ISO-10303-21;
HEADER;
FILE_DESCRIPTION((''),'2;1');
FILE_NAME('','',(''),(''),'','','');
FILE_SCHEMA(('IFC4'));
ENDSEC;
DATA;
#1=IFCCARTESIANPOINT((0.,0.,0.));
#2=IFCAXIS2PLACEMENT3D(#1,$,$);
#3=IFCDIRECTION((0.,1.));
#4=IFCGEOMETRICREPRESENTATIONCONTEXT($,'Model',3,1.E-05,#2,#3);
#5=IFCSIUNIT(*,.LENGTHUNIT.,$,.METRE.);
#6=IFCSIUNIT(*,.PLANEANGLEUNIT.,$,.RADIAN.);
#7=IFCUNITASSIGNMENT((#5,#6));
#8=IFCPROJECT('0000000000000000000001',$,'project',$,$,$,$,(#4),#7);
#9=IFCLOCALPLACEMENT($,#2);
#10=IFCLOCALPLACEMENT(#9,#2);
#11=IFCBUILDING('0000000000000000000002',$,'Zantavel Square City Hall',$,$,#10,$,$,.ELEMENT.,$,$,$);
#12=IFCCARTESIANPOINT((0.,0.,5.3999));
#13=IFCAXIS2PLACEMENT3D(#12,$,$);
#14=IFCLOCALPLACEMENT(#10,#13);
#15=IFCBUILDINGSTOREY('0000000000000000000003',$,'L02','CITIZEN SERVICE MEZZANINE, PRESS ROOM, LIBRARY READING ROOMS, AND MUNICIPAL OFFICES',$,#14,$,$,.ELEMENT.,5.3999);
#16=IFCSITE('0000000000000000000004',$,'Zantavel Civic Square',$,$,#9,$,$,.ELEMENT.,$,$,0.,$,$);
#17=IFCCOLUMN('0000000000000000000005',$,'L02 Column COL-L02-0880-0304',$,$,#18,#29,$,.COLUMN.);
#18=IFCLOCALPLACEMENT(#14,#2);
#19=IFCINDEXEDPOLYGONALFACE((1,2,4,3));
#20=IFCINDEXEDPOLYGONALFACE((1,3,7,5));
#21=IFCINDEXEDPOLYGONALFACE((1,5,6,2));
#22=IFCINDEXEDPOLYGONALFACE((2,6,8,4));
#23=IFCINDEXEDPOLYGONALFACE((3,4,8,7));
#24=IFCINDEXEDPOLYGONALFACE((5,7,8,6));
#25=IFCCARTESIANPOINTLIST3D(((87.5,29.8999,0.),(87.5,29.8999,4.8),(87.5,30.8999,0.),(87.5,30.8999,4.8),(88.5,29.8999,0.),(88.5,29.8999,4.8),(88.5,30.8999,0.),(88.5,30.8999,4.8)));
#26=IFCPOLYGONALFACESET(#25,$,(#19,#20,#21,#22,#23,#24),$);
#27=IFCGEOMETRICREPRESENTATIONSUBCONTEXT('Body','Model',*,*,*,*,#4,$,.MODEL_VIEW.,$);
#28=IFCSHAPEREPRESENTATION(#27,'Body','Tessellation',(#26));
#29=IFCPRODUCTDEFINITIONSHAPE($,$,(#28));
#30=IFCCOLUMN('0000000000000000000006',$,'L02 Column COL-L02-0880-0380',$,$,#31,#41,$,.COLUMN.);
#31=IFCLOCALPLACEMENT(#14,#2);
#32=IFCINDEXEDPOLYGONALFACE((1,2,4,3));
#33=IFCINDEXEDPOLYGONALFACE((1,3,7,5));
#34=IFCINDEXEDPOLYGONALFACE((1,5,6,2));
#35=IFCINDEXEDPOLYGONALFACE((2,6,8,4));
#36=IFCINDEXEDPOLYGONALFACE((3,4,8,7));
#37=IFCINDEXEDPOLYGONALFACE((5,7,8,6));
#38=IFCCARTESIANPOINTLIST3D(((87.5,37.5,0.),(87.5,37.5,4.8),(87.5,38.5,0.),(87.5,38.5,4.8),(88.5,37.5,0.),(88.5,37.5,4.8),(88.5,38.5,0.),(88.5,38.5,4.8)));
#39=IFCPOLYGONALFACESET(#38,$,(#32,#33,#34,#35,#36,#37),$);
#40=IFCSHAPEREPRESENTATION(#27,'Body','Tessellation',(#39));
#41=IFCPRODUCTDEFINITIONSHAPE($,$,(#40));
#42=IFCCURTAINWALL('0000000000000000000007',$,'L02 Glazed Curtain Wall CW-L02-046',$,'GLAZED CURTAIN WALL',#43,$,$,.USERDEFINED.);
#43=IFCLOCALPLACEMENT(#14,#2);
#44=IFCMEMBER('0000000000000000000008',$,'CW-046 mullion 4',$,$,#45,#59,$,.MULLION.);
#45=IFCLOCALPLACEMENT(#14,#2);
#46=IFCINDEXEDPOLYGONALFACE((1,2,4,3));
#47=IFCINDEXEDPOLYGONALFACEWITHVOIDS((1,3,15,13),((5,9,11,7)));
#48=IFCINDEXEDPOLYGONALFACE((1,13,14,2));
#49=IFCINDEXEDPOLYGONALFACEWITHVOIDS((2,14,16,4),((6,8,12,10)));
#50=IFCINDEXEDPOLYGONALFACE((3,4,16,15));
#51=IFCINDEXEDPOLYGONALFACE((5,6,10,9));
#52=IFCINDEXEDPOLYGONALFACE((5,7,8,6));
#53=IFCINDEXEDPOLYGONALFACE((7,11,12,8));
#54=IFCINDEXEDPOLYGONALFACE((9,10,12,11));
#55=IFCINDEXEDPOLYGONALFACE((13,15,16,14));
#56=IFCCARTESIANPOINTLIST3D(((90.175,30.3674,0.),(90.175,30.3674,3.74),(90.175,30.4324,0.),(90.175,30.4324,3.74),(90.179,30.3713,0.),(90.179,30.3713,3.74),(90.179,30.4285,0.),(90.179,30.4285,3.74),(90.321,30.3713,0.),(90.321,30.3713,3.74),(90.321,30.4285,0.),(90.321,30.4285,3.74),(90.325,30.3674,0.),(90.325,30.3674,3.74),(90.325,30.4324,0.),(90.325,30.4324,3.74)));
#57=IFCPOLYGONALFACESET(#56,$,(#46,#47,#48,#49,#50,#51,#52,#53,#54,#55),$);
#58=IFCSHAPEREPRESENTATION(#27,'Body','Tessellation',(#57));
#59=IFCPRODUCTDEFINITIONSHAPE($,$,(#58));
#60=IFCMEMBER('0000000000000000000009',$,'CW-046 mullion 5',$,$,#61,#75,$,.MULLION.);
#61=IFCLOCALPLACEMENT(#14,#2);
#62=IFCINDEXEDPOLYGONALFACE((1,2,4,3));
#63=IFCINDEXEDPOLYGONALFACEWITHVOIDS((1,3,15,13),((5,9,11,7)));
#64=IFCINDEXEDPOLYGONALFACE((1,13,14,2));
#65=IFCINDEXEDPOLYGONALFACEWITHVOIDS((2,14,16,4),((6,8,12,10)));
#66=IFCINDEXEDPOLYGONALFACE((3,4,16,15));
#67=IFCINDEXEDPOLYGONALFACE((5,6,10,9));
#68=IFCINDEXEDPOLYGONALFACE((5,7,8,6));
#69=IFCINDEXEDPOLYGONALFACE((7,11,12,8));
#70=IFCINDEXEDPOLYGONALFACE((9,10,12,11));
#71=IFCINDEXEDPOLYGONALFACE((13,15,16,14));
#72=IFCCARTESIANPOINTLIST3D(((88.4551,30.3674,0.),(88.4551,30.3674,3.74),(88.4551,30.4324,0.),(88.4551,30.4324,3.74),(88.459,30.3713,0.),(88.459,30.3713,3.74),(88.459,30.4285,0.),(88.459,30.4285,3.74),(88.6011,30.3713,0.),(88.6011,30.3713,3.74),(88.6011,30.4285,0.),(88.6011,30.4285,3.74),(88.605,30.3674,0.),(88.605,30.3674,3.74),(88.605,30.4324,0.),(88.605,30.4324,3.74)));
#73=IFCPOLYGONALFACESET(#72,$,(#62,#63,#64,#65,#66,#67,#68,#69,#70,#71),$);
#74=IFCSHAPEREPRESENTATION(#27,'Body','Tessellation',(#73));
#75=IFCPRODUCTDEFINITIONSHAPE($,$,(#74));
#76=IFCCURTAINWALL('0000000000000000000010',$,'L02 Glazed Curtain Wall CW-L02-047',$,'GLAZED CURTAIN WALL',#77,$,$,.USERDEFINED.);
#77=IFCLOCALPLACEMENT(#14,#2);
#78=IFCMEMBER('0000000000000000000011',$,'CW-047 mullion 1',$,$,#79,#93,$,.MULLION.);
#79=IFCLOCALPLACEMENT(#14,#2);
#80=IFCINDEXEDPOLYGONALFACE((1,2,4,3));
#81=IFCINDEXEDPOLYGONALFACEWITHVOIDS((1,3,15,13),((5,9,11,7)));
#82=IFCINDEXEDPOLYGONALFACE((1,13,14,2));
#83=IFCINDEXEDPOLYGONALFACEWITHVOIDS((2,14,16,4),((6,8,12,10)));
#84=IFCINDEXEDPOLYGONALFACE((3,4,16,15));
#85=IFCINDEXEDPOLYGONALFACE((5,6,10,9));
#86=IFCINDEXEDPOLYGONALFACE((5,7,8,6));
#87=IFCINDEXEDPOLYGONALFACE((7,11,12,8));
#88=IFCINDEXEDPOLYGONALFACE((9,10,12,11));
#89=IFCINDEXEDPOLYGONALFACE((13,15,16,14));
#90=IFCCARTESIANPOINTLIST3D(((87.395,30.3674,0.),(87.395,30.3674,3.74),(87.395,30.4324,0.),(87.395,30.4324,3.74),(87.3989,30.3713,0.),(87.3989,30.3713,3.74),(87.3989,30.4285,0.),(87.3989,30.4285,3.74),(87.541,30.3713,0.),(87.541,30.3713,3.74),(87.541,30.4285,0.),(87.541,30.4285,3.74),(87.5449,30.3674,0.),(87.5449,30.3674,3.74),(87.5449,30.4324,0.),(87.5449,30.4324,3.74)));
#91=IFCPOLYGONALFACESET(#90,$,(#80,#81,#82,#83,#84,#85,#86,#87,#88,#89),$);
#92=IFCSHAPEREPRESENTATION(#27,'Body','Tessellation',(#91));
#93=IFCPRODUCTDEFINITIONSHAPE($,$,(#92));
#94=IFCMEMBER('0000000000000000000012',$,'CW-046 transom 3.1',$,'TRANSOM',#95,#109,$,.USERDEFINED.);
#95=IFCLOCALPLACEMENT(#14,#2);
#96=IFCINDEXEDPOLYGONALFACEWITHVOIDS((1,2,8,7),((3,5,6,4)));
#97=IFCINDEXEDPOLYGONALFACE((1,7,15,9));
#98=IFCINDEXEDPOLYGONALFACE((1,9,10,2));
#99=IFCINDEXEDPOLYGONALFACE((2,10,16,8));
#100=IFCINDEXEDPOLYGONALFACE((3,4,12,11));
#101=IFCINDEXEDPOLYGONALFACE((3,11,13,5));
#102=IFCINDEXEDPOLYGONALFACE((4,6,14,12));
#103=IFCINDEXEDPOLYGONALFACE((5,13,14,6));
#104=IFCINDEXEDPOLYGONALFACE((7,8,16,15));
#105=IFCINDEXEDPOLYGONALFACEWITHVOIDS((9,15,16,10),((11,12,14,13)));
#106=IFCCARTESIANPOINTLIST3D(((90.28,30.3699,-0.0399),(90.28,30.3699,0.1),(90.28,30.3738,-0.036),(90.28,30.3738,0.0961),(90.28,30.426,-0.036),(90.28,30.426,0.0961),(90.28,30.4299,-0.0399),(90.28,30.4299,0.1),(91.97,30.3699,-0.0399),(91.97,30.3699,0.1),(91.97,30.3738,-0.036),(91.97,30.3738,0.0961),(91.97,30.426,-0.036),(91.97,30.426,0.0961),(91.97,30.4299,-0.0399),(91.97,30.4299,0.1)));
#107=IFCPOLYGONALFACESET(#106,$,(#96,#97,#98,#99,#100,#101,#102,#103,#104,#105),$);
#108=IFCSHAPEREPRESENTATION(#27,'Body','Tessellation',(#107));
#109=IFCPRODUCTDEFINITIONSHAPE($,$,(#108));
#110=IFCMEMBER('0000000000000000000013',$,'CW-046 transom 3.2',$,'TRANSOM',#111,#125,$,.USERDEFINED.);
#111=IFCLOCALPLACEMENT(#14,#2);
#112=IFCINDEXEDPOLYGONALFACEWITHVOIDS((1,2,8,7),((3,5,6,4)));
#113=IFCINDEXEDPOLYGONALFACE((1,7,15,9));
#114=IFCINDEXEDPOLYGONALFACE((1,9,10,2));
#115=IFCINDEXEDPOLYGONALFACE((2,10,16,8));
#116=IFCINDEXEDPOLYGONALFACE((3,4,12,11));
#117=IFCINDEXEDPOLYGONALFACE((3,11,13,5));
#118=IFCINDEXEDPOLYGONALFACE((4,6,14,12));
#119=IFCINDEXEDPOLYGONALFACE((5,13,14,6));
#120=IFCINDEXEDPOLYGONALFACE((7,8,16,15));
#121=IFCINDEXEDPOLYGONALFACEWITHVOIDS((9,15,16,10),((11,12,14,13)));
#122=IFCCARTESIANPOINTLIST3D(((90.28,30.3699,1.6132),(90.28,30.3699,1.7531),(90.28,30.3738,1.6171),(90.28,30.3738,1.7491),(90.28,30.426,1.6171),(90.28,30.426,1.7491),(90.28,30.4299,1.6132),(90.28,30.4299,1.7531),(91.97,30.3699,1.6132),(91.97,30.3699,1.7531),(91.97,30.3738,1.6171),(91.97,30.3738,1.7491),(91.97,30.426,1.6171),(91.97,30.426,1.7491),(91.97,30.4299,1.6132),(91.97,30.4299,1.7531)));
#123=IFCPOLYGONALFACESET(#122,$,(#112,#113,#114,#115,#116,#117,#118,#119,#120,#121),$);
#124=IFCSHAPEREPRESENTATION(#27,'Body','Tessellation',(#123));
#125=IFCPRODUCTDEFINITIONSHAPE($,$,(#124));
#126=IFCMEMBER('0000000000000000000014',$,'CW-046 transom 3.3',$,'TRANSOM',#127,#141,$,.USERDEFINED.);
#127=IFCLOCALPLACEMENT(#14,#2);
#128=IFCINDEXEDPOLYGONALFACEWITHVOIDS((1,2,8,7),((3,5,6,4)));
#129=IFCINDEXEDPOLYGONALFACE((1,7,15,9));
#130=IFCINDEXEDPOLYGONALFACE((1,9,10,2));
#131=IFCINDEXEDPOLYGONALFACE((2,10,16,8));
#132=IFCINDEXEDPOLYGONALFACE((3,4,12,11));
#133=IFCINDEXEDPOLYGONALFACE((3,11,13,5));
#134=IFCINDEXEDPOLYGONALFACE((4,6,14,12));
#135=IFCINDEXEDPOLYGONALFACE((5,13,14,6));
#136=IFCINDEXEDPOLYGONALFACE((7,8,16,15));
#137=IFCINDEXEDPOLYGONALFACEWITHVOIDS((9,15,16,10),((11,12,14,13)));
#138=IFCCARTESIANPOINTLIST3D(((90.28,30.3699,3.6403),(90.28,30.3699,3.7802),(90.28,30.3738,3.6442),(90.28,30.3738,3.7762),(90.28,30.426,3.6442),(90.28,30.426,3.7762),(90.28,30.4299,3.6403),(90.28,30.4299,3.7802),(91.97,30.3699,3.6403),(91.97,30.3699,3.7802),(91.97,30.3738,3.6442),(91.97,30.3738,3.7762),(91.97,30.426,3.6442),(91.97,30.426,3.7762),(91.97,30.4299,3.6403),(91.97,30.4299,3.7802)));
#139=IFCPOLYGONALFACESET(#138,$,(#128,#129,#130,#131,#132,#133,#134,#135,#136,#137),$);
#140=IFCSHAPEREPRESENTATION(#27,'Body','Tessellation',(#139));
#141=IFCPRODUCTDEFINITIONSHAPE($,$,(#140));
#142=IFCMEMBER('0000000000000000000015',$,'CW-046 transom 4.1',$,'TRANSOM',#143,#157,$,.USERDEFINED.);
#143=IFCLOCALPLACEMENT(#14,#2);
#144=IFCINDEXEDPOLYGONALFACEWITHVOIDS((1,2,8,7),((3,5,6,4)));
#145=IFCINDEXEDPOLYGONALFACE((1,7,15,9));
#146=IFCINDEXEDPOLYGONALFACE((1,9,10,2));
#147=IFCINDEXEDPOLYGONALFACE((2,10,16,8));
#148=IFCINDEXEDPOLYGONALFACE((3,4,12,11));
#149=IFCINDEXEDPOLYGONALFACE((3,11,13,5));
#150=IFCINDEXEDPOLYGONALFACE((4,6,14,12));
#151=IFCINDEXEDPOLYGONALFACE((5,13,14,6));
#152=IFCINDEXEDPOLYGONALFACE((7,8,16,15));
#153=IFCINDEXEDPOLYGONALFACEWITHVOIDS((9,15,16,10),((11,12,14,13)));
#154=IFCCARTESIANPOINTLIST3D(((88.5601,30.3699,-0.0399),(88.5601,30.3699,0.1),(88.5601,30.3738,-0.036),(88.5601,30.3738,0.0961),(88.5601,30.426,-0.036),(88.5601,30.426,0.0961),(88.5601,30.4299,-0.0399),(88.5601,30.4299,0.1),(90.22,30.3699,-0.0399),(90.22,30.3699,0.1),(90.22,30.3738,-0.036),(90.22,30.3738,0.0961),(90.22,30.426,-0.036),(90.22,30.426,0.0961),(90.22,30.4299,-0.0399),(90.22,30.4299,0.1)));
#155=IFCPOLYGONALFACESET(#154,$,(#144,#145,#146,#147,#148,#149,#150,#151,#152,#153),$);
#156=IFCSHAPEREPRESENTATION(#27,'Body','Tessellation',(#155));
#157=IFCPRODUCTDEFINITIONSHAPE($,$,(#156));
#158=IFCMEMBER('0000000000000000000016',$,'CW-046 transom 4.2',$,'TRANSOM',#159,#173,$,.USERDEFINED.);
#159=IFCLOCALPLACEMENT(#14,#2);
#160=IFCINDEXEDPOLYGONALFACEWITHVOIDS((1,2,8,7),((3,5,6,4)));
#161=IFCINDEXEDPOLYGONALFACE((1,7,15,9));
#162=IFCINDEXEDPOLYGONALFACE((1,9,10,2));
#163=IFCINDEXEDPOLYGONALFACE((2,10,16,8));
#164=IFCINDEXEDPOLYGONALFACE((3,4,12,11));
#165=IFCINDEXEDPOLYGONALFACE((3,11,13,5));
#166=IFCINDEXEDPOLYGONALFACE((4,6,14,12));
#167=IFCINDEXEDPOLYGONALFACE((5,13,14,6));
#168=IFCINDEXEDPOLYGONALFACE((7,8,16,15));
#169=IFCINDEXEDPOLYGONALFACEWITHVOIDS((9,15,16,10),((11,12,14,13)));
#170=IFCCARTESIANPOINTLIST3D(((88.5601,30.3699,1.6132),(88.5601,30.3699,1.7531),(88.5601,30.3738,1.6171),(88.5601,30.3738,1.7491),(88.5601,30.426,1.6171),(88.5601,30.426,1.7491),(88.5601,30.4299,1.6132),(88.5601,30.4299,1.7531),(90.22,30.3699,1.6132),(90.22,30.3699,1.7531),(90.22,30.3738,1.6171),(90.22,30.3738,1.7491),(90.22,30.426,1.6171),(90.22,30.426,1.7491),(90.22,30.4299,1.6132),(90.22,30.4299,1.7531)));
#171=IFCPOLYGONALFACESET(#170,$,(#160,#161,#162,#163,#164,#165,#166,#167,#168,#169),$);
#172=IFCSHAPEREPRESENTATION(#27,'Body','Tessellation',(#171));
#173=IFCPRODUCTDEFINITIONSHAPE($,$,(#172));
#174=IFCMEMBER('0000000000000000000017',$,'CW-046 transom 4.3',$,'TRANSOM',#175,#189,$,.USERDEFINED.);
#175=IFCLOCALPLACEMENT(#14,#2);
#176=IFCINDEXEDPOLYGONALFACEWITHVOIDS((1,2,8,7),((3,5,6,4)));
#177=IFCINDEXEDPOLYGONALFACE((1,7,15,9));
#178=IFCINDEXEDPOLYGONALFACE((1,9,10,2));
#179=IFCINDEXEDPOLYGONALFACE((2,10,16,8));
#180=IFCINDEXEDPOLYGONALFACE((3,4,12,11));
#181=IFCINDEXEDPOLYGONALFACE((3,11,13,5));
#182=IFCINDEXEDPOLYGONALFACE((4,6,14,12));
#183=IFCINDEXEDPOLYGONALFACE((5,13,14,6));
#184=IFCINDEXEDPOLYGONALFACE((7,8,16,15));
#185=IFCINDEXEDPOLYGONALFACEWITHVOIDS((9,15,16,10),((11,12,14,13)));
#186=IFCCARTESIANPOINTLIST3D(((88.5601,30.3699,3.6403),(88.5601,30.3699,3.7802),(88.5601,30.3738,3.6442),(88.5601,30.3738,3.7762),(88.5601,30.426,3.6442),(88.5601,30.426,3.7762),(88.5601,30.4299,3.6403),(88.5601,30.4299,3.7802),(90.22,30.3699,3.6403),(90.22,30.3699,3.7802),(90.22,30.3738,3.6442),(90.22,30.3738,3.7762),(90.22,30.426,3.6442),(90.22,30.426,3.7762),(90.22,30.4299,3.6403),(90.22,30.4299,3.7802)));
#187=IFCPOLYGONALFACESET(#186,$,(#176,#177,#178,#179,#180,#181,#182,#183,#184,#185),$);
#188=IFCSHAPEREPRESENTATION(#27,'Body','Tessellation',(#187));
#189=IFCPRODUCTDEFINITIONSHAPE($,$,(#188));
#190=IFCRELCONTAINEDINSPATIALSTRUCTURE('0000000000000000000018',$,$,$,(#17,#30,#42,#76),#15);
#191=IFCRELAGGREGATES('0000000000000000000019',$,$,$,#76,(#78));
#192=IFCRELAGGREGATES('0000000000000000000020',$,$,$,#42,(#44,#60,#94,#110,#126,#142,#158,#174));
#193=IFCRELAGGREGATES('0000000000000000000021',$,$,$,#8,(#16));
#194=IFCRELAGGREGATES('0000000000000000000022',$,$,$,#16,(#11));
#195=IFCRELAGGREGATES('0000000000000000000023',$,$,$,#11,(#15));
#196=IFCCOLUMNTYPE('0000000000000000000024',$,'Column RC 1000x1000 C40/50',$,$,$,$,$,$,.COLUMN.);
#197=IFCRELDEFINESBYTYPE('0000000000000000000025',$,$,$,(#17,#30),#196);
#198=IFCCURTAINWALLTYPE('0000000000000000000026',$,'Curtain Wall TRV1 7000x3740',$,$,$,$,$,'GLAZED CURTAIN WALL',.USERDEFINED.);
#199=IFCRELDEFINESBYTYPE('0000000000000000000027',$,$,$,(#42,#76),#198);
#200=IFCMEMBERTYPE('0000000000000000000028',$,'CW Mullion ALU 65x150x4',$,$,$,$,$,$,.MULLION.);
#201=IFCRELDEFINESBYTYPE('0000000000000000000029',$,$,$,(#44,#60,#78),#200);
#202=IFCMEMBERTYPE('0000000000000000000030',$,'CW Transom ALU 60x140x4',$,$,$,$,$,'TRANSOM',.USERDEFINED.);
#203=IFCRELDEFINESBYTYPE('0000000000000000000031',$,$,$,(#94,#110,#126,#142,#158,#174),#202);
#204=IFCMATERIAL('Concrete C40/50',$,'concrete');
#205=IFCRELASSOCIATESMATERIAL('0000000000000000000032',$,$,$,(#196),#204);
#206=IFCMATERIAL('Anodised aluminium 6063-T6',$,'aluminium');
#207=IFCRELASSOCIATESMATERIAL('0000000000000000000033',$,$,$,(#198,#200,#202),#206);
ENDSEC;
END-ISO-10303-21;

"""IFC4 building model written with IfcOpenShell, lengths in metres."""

from ifc_helpers import new_model, si_unit, direction, frame, origin, origin_2d, place, context, subcontext, project, spatial, rectangle, hollow_rectangle, extrude, material, material_profile, profile_set, type_object, element, aggregate, save


model = new_model("IFC4")

# Units and contexts
model_context = context("Model", 3, precision=1e-05, world=origin(), true_north=direction((0.0, 1.0)))
body_context = subcontext(model_context, "Body", "Model", "MODEL_VIEW")
ifc_project = project(units=[si_unit("LENGTHUNIT", "METRE"), si_unit("PLANEANGLEUNIT", "RADIAN")], contexts=[model_context])

# Site, building, storey
site_placement = place(None, origin())
site = spatial("IfcSite", under=ifc_project, at=site_placement, Name="Zantavel Civic Square", CompositionType="ELEMENT", RefElevation=0.0)
building_placement = place(site_placement, origin())
building = spatial("IfcBuilding", under=site, at=building_placement, Name="Zantavel Square City Hall", CompositionType="ELEMENT")
storey_placement = place(building_placement, frame((0.0, 0.0, 5.3999)))
storey = spatial("IfcBuildingStorey", under=building, at=storey_placement, Name="L02", Description="CITIZEN SERVICE MEZZANINE, PRESS ROOM, LIBRARY READING ROOMS, AND MUNICIPAL OFFICES", CompositionType="ELEMENT", Elevation=5.3999)

# Columns
ifc_material_1 = material(Name="Concrete C40/50", Category="concrete")
ifc_material_profile_1 = material_profile(ifc_material_1, rectangle(XDim=1.0, YDim=1.0, at=origin_2d()), Name="RC 1000x1000")
ifc_profile_set_1 = profile_set([ifc_material_profile_1], Name="Concrete C40/50")
column_type = type_object("IfcColumnType", Name="Column RC 1000x1000 C40/50", PredefinedType="COLUMN", material=ifc_profile_set_1)
for number, where, z_axis, x_axis, name in (
    (1, (88.0, 30.3999, 0.0), (0.0, 0.0, 1.0), (1.0, 0.0, 0.0), "L02 Column COL-L02-0880-0304"),
    (2, (88.0, 38.0, 0.0), (0.0, 0.0, 1.0), (1.0, 0.0, 0.0), "L02 Column COL-L02-0880-0380"),
):
    element("IfcColumn", number, at=place(storey_placement, frame(where, z_axis=z_axis, x_axis=x_axis)), inside=storey, type_object=column_type, Name=name, PredefinedType="COLUMN", context=body_context, shape_type="SweptSolid", body=[
        extrude(rectangle(XDim=1.0, YDim=1.0, at=origin_2d()), origin(), (0.0, 0.0, 1.0), 4.8),
    ])

# Curtain wall, members
ifc_material_2 = material(Name="Anodised aluminium 6063-T6", Category="aluminium")
curtain_wall_type = type_object("IfcCurtainWallType", Name="Curtain Wall TRV1 7000x3740", ElementType="GLAZED CURTAIN WALL", PredefinedType="USERDEFINED", material=ifc_material_2)
curtain_wall_1_placement = place(storey_placement, origin())
curtain_wall_1 = element("IfcCurtainWall", 3, at=curtain_wall_1_placement, inside=storey, type_object=curtain_wall_type, Name="L02 Glazed Curtain Wall CW-L02-046", ObjectType="GLAZED CURTAIN WALL", PredefinedType="USERDEFINED")
ifc_material_profile_2 = material_profile(ifc_material_2, hollow_rectangle(XDim=0.0649, YDim=0.1499, WallThickness=0.0039, at=origin_2d()), Name="ALU 65x150x4")
ifc_profile_set_2 = profile_set([ifc_material_profile_2], Name="Anodised aluminium 6063-T6")
member_type_1 = type_object("IfcMemberType", Name="CW Mullion ALU 65x150x4", PredefinedType="MULLION", material=ifc_profile_set_2)
member_1_placement = place(storey_placement, frame((90.25, 30.3999, 0.0), z_axis=(0.0, 0.0, 1.0), x_axis=(0.0, -1.0, 0.0)))
member_1 = element("IfcMember", 4, at=member_1_placement, type_object=member_type_1, Name="CW-046 mullion 4", PredefinedType="MULLION", context=body_context, shape_type="SweptSolid", body=[
    extrude(hollow_rectangle(XDim=0.0649, YDim=0.1499, WallThickness=0.0039, at=origin_2d()), origin(), (0.0, 0.0, 1.0), 3.74),
])
member_2_placement = place(storey_placement, frame((88.53, 30.3999, 0.0), z_axis=(0.0, 0.0, 1.0), x_axis=(0.0, -1.0, 0.0)))
member_2 = element("IfcMember", 5, at=member_2_placement, type_object=member_type_1, Name="CW-046 mullion 5", PredefinedType="MULLION", context=body_context, shape_type="SweptSolid", body=[
    extrude(hollow_rectangle(XDim=0.0649, YDim=0.1499, WallThickness=0.0039, at=origin_2d()), origin(), (0.0, 0.0, 1.0), 3.74),
])

# Curtain wall, member
curtain_wall_2_placement = place(storey_placement, origin())
curtain_wall_2 = element("IfcCurtainWall", 6, at=curtain_wall_2_placement, inside=storey, type_object=curtain_wall_type, Name="L02 Glazed Curtain Wall CW-L02-047", ObjectType="GLAZED CURTAIN WALL", PredefinedType="USERDEFINED")
member_3_placement = place(storey_placement, frame((87.47, 30.3999, 0.0), z_axis=(0.0, 0.0, 1.0), x_axis=(0.0, -1.0, 0.0)))
member_3 = element("IfcMember", 7, at=member_3_placement, type_object=member_type_1, Name="CW-047 mullion 1", PredefinedType="MULLION", context=body_context, shape_type="SweptSolid", body=[
    extrude(hollow_rectangle(XDim=0.0649, YDim=0.1499, WallThickness=0.0039, at=origin_2d()), origin(), (0.0, 0.0, 1.0), 3.74),
])

# Members
ifc_material_profile_3 = material_profile(ifc_material_2, hollow_rectangle(XDim=0.0601, YDim=0.1399, WallThickness=0.0039, at=origin_2d()), Name="ALU 60x140x4")
ifc_profile_set_3 = profile_set([ifc_material_profile_3], Name="Anodised aluminium 6063-T6")
member_type_2 = type_object("IfcMemberType", Name="CW Transom ALU 60x140x4", ElementType="TRANSOM", PredefinedType="USERDEFINED", material=ifc_profile_set_3)
member_4_placement = place(storey_placement, frame((91.97, 30.3999, 0.03), z_axis=(-1.0, 0.0, 0.0), x_axis=(0.0, -1.0, 0.0)))
member_4 = element("IfcMember", 8, at=member_4_placement, type_object=member_type_2, Name="CW-046 transom 3.1", ObjectType="TRANSOM", PredefinedType="USERDEFINED", context=body_context, shape_type="SweptSolid", body=[
    extrude(hollow_rectangle(XDim=0.0601, YDim=0.1399, WallThickness=0.0039, at=origin_2d()), origin(), (0.0, 0.0, 1.0), 1.6899),
])
member_5_placement = place(storey_placement, frame((91.97, 30.3999, 1.6831), z_axis=(-1.0, 0.0, 0.0), x_axis=(0.0, -1.0, 0.0)))
member_5 = element("IfcMember", 9, at=member_5_placement, type_object=member_type_2, Name="CW-046 transom 3.2", ObjectType="TRANSOM", PredefinedType="USERDEFINED", context=body_context, shape_type="SweptSolid", body=[
    extrude(hollow_rectangle(XDim=0.0601, YDim=0.1399, WallThickness=0.0039, at=origin_2d()), origin(), (0.0, 0.0, 1.0), 1.6899),
])
member_6_placement = place(storey_placement, frame((91.97, 30.3999, 3.7102), z_axis=(-1.0, 0.0, 0.0), x_axis=(0.0, -1.0, 0.0)))
member_6 = element("IfcMember", 10, at=member_6_placement, type_object=member_type_2, Name="CW-046 transom 3.3", ObjectType="TRANSOM", PredefinedType="USERDEFINED", context=body_context, shape_type="SweptSolid", body=[
    extrude(hollow_rectangle(XDim=0.0601, YDim=0.1399, WallThickness=0.0039, at=origin_2d()), origin(), (0.0, 0.0, 1.0), 1.6899),
])
member_7_placement = place(storey_placement, frame((90.22, 30.3999, 0.03), z_axis=(-1.0, 0.0, 0.0), x_axis=(0.0, -1.0, 0.0)))
member_7 = element("IfcMember", 11, at=member_7_placement, type_object=member_type_2, Name="CW-046 transom 4.1", ObjectType="TRANSOM", PredefinedType="USERDEFINED", context=body_context, shape_type="SweptSolid", body=[
    extrude(hollow_rectangle(XDim=0.0601, YDim=0.1399, WallThickness=0.0039, at=origin_2d()), origin(), (0.0, 0.0, 1.0), 1.6599),
])
member_8_placement = place(storey_placement, frame((90.22, 30.3999, 1.6831), z_axis=(-1.0, 0.0, 0.0), x_axis=(0.0, -1.0, 0.0)))
member_8 = element("IfcMember", 12, at=member_8_placement, type_object=member_type_2, Name="CW-046 transom 4.2", ObjectType="TRANSOM", PredefinedType="USERDEFINED", context=body_context, shape_type="SweptSolid", body=[
    extrude(hollow_rectangle(XDim=0.0601, YDim=0.1399, WallThickness=0.0039, at=origin_2d()), origin(), (0.0, 0.0, 1.0), 1.6599),
])
member_9_placement = place(storey_placement, frame((90.22, 30.3999, 3.7102), z_axis=(-1.0, 0.0, 0.0), x_axis=(0.0, -1.0, 0.0)))
member_9 = element("IfcMember", 13, at=member_9_placement, type_object=member_type_2, Name="CW-046 transom 4.3", ObjectType="TRANSOM", PredefinedType="USERDEFINED", context=body_context, shape_type="SweptSolid", body=[
    extrude(hollow_rectangle(XDim=0.0601, YDim=0.1399, WallThickness=0.0039, at=origin_2d()), origin(), (0.0, 0.0, 1.0), 1.6599),
])
aggregate(curtain_wall_2, [member_3])

aggregate(curtain_wall_1, [member_1, member_2, member_4, member_5, member_6, member_7, member_8, member_9])

save(model, "model.ifc")
